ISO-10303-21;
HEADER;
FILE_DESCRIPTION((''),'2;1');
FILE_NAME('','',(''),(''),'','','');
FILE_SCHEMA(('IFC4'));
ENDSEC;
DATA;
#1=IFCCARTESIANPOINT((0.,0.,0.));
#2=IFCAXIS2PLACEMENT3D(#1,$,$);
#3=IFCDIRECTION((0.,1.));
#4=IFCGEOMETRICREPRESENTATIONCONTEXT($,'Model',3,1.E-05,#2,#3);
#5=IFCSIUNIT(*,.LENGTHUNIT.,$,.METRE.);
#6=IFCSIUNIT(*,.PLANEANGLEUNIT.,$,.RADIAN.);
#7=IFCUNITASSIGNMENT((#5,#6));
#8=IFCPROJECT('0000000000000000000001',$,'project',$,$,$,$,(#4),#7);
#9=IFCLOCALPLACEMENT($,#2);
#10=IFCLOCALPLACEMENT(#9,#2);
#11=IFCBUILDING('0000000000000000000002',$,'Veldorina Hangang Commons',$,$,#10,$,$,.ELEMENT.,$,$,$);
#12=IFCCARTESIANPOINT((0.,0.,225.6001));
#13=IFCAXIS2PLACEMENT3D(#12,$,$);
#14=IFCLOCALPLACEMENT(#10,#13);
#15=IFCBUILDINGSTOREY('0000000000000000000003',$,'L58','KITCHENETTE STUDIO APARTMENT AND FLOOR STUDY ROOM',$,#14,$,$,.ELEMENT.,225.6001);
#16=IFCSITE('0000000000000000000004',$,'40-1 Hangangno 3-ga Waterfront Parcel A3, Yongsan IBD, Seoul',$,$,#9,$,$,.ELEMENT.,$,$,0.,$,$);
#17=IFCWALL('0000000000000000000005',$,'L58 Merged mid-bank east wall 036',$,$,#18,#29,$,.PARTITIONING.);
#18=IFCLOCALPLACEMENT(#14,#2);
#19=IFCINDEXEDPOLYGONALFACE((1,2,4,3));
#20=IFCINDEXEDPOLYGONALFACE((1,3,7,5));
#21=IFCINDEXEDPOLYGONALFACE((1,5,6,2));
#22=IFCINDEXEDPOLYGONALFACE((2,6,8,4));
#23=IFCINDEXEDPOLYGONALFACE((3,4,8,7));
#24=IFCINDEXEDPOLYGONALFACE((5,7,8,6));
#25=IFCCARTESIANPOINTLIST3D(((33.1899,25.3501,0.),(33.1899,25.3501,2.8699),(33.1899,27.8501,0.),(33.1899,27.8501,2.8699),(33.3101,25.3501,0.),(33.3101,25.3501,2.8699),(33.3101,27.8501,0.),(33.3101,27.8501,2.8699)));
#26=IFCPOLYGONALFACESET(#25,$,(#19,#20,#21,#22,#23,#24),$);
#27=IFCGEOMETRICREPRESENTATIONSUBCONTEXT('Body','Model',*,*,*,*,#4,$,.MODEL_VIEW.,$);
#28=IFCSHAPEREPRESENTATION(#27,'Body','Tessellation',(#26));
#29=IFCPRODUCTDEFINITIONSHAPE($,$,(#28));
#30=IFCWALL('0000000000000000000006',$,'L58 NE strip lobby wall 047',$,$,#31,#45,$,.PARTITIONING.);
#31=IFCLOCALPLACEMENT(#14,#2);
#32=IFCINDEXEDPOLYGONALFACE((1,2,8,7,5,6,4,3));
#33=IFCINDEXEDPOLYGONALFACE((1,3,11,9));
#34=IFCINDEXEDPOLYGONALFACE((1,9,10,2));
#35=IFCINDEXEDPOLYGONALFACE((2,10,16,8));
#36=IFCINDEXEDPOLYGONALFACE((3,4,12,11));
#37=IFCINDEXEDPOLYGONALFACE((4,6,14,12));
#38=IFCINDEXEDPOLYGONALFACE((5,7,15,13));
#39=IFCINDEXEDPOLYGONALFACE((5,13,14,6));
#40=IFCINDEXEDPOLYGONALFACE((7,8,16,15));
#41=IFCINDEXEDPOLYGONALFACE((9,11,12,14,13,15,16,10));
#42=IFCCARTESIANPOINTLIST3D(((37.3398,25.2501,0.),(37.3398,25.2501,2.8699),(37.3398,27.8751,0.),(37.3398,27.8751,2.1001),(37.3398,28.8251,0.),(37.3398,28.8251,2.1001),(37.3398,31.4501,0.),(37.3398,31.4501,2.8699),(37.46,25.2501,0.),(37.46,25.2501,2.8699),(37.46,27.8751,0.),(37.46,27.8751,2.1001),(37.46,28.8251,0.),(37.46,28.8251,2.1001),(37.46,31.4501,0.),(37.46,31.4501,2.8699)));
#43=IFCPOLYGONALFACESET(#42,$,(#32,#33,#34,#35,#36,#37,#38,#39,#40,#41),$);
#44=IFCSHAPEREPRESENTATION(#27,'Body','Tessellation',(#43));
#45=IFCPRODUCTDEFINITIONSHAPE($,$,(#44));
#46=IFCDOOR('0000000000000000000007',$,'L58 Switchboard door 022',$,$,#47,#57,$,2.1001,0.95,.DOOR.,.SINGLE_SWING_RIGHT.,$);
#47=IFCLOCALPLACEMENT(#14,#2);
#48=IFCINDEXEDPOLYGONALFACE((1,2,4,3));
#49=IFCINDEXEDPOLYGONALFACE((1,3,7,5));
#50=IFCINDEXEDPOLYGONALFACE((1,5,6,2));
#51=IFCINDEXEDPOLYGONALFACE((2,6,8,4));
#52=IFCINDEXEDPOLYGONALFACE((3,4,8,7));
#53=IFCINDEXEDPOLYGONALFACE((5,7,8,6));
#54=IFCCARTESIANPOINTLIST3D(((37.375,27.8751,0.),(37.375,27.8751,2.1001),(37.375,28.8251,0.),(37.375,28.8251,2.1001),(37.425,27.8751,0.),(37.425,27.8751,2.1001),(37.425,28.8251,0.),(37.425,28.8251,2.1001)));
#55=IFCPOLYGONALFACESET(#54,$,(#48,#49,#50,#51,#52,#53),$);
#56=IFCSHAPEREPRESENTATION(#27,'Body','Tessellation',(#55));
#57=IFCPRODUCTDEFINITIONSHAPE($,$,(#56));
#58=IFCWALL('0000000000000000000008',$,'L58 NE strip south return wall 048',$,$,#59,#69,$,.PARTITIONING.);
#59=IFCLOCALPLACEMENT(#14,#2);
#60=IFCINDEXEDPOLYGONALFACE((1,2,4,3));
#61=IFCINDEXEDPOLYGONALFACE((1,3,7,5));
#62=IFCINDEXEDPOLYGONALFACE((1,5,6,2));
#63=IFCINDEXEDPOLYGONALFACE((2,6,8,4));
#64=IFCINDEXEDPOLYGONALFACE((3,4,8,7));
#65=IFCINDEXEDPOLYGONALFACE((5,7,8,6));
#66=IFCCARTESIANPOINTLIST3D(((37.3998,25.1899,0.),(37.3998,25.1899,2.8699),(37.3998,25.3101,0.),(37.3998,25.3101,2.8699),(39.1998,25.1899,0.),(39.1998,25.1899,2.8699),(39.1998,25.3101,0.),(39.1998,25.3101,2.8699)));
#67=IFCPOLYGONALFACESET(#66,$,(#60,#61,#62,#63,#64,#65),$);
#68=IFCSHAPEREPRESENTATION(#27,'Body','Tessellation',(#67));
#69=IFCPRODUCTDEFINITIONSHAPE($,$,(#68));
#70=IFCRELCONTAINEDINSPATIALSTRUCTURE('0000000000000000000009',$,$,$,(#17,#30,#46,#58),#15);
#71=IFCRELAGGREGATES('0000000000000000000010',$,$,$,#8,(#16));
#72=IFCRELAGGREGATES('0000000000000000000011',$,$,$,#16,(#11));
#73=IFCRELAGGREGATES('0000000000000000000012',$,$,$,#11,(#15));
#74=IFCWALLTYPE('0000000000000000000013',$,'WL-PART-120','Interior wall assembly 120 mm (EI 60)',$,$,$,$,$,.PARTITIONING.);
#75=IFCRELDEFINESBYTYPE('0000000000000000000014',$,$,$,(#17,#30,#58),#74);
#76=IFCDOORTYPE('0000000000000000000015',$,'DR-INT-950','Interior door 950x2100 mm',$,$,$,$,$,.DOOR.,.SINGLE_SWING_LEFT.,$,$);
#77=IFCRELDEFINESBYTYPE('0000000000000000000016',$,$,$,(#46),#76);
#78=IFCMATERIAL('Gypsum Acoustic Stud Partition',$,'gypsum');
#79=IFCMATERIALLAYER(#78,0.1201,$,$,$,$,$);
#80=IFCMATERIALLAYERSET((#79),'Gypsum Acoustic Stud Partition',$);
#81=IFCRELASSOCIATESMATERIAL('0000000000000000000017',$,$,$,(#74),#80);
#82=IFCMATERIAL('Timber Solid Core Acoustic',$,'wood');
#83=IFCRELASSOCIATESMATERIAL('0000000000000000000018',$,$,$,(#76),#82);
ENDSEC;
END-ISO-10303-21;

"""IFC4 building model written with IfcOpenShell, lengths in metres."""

from ifc_helpers import new_model, si_unit, direction, frame, frame_2d, origin, place, context, subcontext, project, spatial, rectangle, extrude, material, layer, layer_set, type_object, element, fill, save


model = new_model("IFC4")

# Units and contexts
model_context = context("Model", 3, precision=1e-05, world=origin(), true_north=direction((0.0, 1.0)))
body_context = subcontext(model_context, "Body", "Model", "MODEL_VIEW")
ifc_project = project(units=[si_unit("LENGTHUNIT", "METRE"), si_unit("PLANEANGLEUNIT", "RADIAN")], contexts=[model_context])

# Site, building, storey
site_placement = place(None, origin())
site = spatial("IfcSite", under=ifc_project, at=site_placement, Name="40-1 Hangangno 3-ga Waterfront Parcel A3, Yongsan IBD, Seoul", CompositionType="ELEMENT", RefElevation=0.0)
building_placement = place(site_placement, origin())
building = spatial("IfcBuilding", under=site, at=building_placement, Name="Veldorina Hangang Commons", CompositionType="ELEMENT")
storey_placement = place(building_placement, frame((0.0, 0.0, 225.6001)))
storey = spatial("IfcBuildingStorey", under=building, at=storey_placement, Name="L58", Description="KITCHENETTE STUDIO APARTMENT AND FLOOR STUDY ROOM", CompositionType="ELEMENT", Elevation=225.6001)

# Shared definitions
ifc_material_1 = material(Name="Gypsum Acoustic Stud Partition", Category="gypsum")
ifc_layer_1 = layer(ifc_material_1, 0.1201)
ifc_layer_set_1 = layer_set([ifc_layer_1], Name="Gypsum Acoustic Stud Partition")
wall_type_1 = type_object("IfcWallType", Name="WL-PART-120", Description="Interior wall assembly 120 mm (EI 60)", PredefinedType="PARTITIONING", material=ifc_layer_set_1)
ifc_material_2 = material(Name="Timber Solid Core Acoustic", Category="wood")
door_type_1 = type_object("IfcDoorType", Name="DR-INT-950", Description="Interior door 950x2100 mm", OperationType="SINGLE_SWING_LEFT", PredefinedType="DOOR", material=ifc_material_2)

# Wall
wall_1_placement = place(storey_placement, frame((33.25, 25.3501, 0.0), z_axis=(0.0, 0.0, 1.0), x_axis=(0.0, 1.0, 0.0)))
element("IfcWall", 1, at=wall_1_placement, inside=storey, type_object=wall_type_1, Name="L58 Merged mid-bank east wall 036", PredefinedType="PARTITIONING", context=body_context, shape_type="SweptSolid", body=[
    extrude(rectangle(XDim=2.5, YDim=0.1201, at=frame_2d((1.25, 0.0))), origin(), (0.0, 0.0, 1.0), 2.8699),
])

# Wall, opening, door
wall_2_placement = place(storey_placement, frame((37.3999, 25.25, 0.0), z_axis=(0.0, 0.0, 1.0), x_axis=(0.0, 1.0, 0.0)))
wall_2 = element("IfcWall", 2, at=wall_2_placement, inside=storey, type_object=wall_type_1, Name="L58 NE strip lobby wall 047", PredefinedType="PARTITIONING", context=body_context, shape_type="SweptSolid", body=[
    extrude(rectangle(XDim=6.2, YDim=0.1201, at=frame_2d((3.1001, 0.0))), origin(), (0.0, 0.0, 1.0), 2.8699),
])
opening_1_placement = place(wall_2_placement, frame((2.625, 0.0, 0.0)))
opening_1 = element("IfcOpeningElement", 3, at=opening_1_placement, cuts=wall_2, PredefinedType="OPENING", context=body_context, shape_type="SweptSolid", body=[
    extrude(rectangle(XDim=0.95, YDim=2.1001, at=frame_2d((0.4751, 1.05))), frame((0.0, 0.0701, 0.0), z_axis=(0.0, -1.0, 0.0), x_axis=(1.0, 0.0, 0.0)), (0.0, 0.0, 1.0), 0.1401),
])
door_1_placement = place(opening_1_placement, origin())
door_1 = element("IfcDoor", 4, at=door_1_placement, inside=storey, type_object=door_type_1, Name="L58 Switchboard door 022", OperationType="SINGLE_SWING_RIGHT", OverallHeight=2.1001, OverallWidth=0.95, PredefinedType="DOOR", context=body_context, shape_type="SweptSolid", body=[
    extrude(rectangle(XDim=0.95, YDim=2.1001, at=frame_2d((0.4751, 1.05))), frame((0.0, 0.0249, 0.0), z_axis=(0.0, -1.0, 0.0), x_axis=(1.0, 0.0, 0.0)), (0.0, 0.0, 1.0), 0.05),
])
fill(opening_1, door_1)

# Wall
wall_3_placement = place(storey_placement, frame((37.3999, 25.25, 0.0), z_axis=(0.0, 0.0, 1.0), x_axis=(1.0, 0.0, 0.0)))
element("IfcWall", 5, at=wall_3_placement, inside=storey, type_object=wall_type_1, Name="L58 NE strip south return wall 048", PredefinedType="PARTITIONING", context=body_context, shape_type="SweptSolid", body=[
    extrude(rectangle(XDim=1.8, YDim=0.1201, at=frame_2d((0.8999, 0.0))), origin(), (0.0, 0.0, 1.0), 2.8699),
])

save(model, "model.ifc")
